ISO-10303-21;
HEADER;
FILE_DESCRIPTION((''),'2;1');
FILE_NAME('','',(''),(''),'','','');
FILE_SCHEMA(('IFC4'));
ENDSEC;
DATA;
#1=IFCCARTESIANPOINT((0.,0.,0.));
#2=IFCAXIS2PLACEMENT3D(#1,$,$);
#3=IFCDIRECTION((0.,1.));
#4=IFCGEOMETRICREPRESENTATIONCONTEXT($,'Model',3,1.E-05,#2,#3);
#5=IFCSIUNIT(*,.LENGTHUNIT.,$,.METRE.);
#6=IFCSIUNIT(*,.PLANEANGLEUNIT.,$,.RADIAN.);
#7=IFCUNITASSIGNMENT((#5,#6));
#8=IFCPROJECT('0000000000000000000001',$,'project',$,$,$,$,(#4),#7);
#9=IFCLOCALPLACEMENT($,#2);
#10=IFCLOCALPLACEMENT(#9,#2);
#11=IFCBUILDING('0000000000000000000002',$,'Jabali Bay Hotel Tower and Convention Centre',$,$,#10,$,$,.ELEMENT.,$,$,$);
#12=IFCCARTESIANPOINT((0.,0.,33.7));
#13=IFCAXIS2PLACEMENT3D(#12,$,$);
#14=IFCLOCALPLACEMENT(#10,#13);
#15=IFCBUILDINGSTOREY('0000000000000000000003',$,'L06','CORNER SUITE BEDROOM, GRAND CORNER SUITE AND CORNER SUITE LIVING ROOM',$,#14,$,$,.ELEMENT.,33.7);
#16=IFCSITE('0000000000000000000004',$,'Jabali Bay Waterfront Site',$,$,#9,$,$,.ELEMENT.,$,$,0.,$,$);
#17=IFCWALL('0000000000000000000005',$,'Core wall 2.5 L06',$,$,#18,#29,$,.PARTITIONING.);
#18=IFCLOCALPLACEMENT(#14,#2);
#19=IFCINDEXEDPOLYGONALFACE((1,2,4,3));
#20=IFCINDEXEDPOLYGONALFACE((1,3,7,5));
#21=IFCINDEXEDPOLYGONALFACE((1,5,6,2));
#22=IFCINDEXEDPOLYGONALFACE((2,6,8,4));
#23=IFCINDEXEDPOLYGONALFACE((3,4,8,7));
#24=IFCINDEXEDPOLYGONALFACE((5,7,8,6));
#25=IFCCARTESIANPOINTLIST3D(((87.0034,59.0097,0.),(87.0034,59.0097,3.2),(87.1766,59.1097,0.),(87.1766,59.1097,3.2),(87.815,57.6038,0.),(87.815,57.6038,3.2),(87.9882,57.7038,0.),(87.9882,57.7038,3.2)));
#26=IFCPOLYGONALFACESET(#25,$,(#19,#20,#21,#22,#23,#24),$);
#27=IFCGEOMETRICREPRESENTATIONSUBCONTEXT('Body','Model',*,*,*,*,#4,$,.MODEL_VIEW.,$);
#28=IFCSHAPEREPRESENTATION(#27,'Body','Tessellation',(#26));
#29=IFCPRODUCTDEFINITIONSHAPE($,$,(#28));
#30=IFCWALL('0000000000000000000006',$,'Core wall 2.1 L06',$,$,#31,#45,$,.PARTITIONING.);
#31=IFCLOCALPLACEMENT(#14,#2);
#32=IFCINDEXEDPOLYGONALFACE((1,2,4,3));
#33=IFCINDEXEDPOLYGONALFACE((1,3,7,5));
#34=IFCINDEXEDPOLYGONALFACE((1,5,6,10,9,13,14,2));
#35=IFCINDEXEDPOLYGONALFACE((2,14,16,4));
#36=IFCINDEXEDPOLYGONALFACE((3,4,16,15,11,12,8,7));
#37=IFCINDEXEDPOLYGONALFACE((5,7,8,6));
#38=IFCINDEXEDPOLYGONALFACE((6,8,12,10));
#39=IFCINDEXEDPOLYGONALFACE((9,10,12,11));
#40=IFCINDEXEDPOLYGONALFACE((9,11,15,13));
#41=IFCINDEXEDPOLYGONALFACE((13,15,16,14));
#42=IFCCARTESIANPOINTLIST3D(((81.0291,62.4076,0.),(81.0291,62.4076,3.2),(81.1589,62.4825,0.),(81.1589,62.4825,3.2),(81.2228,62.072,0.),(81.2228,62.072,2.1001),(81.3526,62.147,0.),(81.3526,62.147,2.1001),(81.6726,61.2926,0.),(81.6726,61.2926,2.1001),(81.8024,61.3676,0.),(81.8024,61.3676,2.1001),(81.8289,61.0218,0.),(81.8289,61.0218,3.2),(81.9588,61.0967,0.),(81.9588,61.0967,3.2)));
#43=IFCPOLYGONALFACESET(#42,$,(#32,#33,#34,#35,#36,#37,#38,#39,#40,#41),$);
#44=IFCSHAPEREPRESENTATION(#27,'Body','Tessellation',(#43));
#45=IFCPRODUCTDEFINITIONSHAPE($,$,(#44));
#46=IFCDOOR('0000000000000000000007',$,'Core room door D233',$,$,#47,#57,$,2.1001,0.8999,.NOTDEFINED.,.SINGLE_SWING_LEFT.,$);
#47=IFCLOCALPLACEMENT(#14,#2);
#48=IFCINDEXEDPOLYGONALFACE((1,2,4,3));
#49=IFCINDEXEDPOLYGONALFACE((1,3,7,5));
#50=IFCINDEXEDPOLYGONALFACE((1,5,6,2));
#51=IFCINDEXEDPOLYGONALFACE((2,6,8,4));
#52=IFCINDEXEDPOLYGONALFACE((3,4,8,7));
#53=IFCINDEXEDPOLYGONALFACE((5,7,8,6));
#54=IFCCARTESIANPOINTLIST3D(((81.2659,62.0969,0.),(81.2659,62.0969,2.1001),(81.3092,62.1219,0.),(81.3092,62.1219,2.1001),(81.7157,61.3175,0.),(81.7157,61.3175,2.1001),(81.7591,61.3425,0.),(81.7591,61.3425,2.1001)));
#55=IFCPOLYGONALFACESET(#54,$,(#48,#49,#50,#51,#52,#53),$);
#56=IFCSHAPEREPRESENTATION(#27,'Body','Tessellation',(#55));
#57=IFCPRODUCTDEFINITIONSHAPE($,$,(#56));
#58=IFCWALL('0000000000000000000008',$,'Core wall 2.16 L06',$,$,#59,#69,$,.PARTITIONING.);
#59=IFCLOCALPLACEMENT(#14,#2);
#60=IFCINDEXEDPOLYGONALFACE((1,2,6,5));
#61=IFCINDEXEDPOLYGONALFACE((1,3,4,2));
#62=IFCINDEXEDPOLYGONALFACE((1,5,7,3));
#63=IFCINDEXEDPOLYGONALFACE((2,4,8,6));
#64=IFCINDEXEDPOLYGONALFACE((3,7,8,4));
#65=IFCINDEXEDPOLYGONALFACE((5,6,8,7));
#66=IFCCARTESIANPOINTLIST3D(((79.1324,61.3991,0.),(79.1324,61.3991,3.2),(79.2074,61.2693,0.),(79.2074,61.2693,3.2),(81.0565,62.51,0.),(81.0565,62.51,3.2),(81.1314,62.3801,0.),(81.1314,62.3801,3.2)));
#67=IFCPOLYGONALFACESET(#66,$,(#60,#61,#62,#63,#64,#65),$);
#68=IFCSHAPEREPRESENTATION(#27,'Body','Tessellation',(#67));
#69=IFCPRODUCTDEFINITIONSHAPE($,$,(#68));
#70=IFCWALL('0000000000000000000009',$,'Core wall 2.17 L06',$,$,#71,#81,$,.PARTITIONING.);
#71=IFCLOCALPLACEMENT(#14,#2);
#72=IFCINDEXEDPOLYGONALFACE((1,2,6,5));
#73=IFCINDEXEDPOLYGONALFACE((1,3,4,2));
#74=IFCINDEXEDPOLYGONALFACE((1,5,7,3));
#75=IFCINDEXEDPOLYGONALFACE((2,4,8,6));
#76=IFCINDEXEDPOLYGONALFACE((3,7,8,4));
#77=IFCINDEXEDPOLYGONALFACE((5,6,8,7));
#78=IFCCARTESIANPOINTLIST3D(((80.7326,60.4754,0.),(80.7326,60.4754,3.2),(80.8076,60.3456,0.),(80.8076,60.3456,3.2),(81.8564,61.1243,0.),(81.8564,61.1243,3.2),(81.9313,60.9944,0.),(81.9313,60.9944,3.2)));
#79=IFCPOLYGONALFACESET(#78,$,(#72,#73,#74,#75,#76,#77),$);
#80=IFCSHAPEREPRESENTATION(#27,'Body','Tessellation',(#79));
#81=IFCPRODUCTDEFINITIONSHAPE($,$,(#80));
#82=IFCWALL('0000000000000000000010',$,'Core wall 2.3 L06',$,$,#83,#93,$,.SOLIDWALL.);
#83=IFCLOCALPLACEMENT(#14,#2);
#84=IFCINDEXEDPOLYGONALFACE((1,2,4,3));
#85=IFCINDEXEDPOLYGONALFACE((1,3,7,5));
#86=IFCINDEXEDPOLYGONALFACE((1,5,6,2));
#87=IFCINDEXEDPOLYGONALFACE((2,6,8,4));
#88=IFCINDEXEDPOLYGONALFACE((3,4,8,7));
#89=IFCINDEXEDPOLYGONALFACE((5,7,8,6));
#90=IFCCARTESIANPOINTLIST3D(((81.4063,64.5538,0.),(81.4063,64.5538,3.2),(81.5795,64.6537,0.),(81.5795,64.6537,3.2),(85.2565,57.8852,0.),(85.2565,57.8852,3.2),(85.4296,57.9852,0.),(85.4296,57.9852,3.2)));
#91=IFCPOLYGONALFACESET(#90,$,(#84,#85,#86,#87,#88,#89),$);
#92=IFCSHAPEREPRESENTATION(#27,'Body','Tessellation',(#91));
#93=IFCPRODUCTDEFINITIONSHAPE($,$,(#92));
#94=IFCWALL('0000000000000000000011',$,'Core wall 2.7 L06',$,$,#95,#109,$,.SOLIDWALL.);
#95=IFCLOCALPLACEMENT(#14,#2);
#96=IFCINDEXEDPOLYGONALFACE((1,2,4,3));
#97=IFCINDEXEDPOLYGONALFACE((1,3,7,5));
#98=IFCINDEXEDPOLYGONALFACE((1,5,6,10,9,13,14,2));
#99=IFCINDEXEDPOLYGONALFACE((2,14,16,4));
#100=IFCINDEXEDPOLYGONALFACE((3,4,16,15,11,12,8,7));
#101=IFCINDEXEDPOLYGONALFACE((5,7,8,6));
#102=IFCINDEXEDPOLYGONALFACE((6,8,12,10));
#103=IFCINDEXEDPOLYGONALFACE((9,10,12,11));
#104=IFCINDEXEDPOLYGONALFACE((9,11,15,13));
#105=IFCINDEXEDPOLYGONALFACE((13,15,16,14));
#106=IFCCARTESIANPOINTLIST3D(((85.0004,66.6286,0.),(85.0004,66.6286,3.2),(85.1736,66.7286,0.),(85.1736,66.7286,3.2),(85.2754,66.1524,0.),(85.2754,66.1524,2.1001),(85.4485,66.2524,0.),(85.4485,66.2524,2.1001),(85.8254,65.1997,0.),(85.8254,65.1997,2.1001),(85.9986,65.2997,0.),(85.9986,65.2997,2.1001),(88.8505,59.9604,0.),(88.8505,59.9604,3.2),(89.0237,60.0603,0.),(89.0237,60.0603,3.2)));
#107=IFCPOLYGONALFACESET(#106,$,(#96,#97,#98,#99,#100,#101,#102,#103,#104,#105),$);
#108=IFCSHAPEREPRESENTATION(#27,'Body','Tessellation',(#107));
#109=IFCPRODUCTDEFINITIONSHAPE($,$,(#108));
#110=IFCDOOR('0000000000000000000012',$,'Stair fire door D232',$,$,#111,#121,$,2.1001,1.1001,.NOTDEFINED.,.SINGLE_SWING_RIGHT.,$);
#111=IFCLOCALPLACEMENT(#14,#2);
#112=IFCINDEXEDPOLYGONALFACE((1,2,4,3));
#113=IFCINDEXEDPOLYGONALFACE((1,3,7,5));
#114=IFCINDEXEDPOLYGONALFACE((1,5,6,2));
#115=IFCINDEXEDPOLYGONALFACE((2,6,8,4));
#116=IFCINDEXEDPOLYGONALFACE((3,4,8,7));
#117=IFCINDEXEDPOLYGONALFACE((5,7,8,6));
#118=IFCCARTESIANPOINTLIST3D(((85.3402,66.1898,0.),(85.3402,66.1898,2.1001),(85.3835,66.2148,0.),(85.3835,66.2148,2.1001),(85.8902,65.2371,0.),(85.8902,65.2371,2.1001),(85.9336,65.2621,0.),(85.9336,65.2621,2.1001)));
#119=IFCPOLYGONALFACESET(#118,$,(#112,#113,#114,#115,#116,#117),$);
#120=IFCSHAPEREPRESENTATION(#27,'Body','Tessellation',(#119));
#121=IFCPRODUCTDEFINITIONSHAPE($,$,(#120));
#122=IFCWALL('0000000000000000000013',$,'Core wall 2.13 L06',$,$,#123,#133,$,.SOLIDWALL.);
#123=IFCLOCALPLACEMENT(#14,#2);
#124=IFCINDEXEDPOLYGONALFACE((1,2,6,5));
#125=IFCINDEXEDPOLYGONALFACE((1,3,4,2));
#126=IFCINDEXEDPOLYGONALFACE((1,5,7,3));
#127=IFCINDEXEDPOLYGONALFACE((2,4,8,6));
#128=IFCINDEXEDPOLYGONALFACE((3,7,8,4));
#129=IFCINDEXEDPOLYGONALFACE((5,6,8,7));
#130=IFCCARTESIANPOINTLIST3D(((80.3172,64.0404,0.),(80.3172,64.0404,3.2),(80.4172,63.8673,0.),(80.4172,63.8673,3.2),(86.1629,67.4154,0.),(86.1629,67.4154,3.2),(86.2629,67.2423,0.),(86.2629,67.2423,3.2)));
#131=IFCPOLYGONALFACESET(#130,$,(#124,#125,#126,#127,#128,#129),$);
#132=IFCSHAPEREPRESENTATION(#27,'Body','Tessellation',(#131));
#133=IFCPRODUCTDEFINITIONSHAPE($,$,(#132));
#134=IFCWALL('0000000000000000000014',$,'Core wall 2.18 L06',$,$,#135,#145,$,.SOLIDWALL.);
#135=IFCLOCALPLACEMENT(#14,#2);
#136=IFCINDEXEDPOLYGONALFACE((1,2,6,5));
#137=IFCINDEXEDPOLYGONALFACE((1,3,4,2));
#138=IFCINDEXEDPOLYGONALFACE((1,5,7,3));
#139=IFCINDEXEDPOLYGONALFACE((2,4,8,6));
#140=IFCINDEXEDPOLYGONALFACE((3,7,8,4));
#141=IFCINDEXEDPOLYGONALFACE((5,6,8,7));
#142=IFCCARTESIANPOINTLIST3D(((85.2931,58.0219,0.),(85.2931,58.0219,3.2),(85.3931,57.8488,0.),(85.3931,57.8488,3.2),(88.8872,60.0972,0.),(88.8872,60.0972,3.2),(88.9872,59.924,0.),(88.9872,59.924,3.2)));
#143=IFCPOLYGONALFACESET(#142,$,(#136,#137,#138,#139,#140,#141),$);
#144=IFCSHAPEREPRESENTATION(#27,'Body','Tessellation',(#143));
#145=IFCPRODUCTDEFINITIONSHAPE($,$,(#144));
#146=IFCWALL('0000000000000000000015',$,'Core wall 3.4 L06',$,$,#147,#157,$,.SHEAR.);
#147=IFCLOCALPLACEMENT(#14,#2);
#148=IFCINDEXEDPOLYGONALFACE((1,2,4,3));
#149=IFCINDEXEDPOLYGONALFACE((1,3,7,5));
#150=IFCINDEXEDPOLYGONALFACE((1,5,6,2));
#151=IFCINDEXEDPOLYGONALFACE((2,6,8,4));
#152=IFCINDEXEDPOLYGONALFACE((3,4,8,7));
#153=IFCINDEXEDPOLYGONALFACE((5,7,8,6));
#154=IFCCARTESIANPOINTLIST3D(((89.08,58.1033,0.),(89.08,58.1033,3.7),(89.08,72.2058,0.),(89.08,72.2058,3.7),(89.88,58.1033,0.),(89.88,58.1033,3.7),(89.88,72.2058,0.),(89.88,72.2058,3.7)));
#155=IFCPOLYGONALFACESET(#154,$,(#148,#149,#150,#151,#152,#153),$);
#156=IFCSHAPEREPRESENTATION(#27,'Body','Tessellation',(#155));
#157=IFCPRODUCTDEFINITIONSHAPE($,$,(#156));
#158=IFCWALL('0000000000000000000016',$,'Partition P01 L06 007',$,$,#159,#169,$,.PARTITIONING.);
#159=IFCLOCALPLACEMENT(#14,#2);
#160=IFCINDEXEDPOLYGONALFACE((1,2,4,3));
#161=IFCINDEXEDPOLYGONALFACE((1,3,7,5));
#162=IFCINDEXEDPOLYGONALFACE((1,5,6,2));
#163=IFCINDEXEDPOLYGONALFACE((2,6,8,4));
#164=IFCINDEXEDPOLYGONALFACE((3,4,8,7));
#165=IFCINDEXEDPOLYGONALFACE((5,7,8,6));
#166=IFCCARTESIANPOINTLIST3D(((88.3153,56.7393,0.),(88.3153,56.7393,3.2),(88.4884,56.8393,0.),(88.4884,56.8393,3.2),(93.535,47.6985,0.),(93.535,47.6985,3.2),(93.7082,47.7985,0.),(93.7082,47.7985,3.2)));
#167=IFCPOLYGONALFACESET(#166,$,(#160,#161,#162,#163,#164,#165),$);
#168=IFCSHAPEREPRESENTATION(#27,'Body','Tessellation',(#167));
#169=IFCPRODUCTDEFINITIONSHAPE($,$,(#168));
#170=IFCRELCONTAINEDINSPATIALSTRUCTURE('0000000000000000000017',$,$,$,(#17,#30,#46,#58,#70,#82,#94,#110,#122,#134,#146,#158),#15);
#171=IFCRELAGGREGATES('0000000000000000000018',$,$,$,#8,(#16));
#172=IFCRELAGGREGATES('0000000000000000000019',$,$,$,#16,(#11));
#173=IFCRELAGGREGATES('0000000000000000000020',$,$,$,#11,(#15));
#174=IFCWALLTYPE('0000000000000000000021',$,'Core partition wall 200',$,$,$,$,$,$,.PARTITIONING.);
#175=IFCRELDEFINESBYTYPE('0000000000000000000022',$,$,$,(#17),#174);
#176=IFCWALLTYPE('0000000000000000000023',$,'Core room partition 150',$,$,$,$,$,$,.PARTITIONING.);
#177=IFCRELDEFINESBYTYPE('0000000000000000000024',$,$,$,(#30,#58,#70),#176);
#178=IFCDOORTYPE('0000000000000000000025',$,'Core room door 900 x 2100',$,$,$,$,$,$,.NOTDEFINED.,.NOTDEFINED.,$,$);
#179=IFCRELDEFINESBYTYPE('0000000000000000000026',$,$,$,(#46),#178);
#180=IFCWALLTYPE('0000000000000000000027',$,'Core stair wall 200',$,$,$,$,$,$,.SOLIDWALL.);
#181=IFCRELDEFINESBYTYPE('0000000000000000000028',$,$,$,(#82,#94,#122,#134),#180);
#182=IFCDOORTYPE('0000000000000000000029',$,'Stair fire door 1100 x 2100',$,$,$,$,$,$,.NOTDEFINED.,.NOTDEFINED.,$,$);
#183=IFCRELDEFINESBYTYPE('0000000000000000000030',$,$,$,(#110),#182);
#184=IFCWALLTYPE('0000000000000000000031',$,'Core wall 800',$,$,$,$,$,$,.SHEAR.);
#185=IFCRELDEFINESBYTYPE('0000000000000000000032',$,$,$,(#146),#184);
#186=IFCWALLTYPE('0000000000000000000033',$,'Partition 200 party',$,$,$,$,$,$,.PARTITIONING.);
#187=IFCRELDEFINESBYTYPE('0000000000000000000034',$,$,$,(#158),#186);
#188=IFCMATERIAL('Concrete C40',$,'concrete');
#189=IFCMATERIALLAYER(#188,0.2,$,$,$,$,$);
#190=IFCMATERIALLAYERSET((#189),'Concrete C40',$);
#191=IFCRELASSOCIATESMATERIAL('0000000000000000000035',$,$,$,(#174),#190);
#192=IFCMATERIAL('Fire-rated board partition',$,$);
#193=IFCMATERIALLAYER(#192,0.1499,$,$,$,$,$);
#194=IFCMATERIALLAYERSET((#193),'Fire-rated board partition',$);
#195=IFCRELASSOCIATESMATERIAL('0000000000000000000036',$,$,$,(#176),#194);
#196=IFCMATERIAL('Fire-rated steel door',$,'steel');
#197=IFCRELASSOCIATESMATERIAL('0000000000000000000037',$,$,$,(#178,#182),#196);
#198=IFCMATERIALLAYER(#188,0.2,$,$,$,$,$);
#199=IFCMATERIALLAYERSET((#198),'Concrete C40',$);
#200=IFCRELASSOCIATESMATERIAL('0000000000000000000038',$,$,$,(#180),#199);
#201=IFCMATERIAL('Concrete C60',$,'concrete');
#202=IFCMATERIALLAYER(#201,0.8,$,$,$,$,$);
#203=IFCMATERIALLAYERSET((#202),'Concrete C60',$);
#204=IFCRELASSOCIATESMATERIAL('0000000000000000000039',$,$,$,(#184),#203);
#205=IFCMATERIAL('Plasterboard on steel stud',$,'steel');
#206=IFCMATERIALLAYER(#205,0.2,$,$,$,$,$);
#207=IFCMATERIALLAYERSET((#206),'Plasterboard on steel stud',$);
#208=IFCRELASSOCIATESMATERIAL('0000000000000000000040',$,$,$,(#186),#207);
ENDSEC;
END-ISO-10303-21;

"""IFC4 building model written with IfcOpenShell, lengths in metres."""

from ifc_helpers import new_model, si_unit, direction, frame, frame_2d, origin, place, context, subcontext, project, spatial, rectangle, extrude, material, layer, layer_set, type_object, element, fill, save


model = new_model("IFC4")

# Units and contexts
model_context = context("Model", 3, precision=1e-05, world=origin(), true_north=direction((0.0, 1.0)))
body_context = subcontext(model_context, "Body", "Model", "MODEL_VIEW")
ifc_project = project(units=[si_unit("LENGTHUNIT", "METRE"), si_unit("PLANEANGLEUNIT", "RADIAN")], contexts=[model_context])

# Site, building, storey
site_placement = place(None, origin())
site = spatial("IfcSite", under=ifc_project, at=site_placement, Name="Jabali Bay Waterfront Site", CompositionType="ELEMENT", RefElevation=0.0)
building_placement = place(site_placement, origin())
building = spatial("IfcBuilding", under=site, at=building_placement, Name="Jabali Bay Hotel Tower and Convention Centre", CompositionType="ELEMENT")
storey_placement = place(building_placement, frame((0.0, 0.0, 33.7)))
storey = spatial("IfcBuildingStorey", under=building, at=storey_placement, Name="L06", Description="CORNER SUITE BEDROOM, GRAND CORNER SUITE AND CORNER SUITE LIVING ROOM", CompositionType="ELEMENT", Elevation=33.7)

# Wall
ifc_material_1 = material(Name="Concrete C40", Category="concrete")
ifc_layer_1 = layer(ifc_material_1, 0.2)
ifc_layer_set_1 = layer_set([ifc_layer_1], Name="Concrete C40")
wall_type_1 = type_object("IfcWallType", Name="Core partition wall 200", PredefinedType="PARTITIONING", material=ifc_layer_set_1)
wall_1_placement = place(storey_placement, frame((87.0901, 59.0596, 0.0), z_axis=(0.0, 0.0, 1.0), x_axis=(0.499957, -0.86605, 0.0)))
element("IfcWall", 1, at=wall_1_placement, inside=storey, type_object=wall_type_1, Name="Core wall 2.5 L06", PredefinedType="PARTITIONING", context=body_context, shape_type="SweptSolid", body=[
    extrude(rectangle(XDim=1.6233, YDim=0.2, at=frame_2d((0.8115, 0.0))), origin(), (0.0, 0.0, 1.0), 3.2),
])

# Wall, opening, door
ifc_material_2 = material(Name="Fire-rated board partition")
ifc_layer_2 = layer(ifc_material_2, 0.1499)
ifc_layer_set_2 = layer_set([ifc_layer_2], Name="Fire-rated board partition")
wall_type_2 = type_object("IfcWallType", Name="Core room partition 150", PredefinedType="PARTITIONING", material=ifc_layer_set_2)
wall_2_placement = place(storey_placement, frame((81.094, 62.4451, 0.0), z_axis=(0.0, 0.0, 1.0), x_axis=(0.499881, -0.866094, 0.0)))
wall_2 = element("IfcWall", 2, at=wall_2_placement, inside=storey, type_object=wall_type_2, Name="Core wall 2.1 L06", PredefinedType="PARTITIONING", context=body_context, shape_type="SweptSolid", body=[
    extrude(rectangle(XDim=1.6001, YDim=0.1499, at=frame_2d((0.8, 0.0))), origin(), (0.0, 0.0, 1.0), 3.2),
])
opening_1_placement = place(wall_2_placement, frame((0.3875, 0.0, 0.0)))
opening_1 = element("IfcOpeningElement", 3, at=opening_1_placement, cuts=wall_2, PredefinedType="OPENING", context=body_context, shape_type="SweptSolid", body=[
    extrude(rectangle(XDim=0.8999, YDim=2.1001, at=frame_2d((0.45, 1.05))), frame((0.0, 0.0854, 0.0), z_axis=(0.0, -1.0, 0.0), x_axis=(1.0, 0.0, 0.0)), (0.0, 0.0, 1.0), 0.1709),
])
ifc_material_3 = material(Name="Fire-rated steel door", Category="steel")
door_type_1 = type_object("IfcDoorType", Name="Core room door 900 x 2100", OperationType="NOTDEFINED", PredefinedType="NOTDEFINED", material=ifc_material_3)
door_1_placement = place(opening_1_placement, origin())
door_1 = element("IfcDoor", 4, at=door_1_placement, inside=storey, type_object=door_type_1, Name="Core room door D233", OperationType="SINGLE_SWING_LEFT", OverallHeight=2.1001, OverallWidth=0.8999, PredefinedType="NOTDEFINED", context=body_context, shape_type="SweptSolid", body=[
    extrude(rectangle(XDim=0.8999, YDim=2.1001, at=frame_2d((0.45, 1.05))), frame((0.0, 0.0249, 0.0), z_axis=(0.0, -1.0, 0.0), x_axis=(1.0, 0.0, 0.0)), (0.0, 0.0, 1.0), 0.05),
])
fill(opening_1, door_1)

# Walls
wall_3_placement = place(storey_placement, frame((79.1699, 61.3342, 0.0), z_axis=(0.0, 0.0, 1.0), x_axis=(0.86603, 0.499992, 0.0)))
element("IfcWall", 5, at=wall_3_placement, inside=storey, type_object=wall_type_2, Name="Core wall 2.16 L06", PredefinedType="PARTITIONING", context=body_context, shape_type="SweptSolid", body=[
    extrude(rectangle(XDim=2.2217, YDim=0.1499, at=frame_2d((1.1108, 0.0))), origin(), (0.0, 0.0, 1.0), 3.2),
])
wall_4_placement = place(storey_placement, frame((80.77, 60.4104, 0.0), z_axis=(0.0, 0.0, 1.0), x_axis=(0.865988, 0.500064, 0.0)))
element("IfcWall", 6, at=wall_4_placement, inside=storey, type_object=wall_type_2, Name="Core wall 2.17 L06", PredefinedType="PARTITIONING", context=body_context, shape_type="SweptSolid", body=[
    extrude(rectangle(XDim=1.2976, YDim=0.1499, at=frame_2d((0.6489, 0.0))), origin(), (0.0, 0.0, 1.0), 3.2),
])
ifc_layer_3 = layer(ifc_material_1, 0.2)
ifc_layer_set_3 = layer_set([ifc_layer_3], Name="Concrete C40")
wall_type_3 = type_object("IfcWallType", Name="Core stair wall 200", PredefinedType="SOLIDWALL", material=ifc_layer_set_3)
wall_5_placement = place(storey_placement, frame((81.4929, 64.6038, 0.0), z_axis=(0.0, 0.0, 1.0), x_axis=(0.500006, -0.866022, 0.0)))
element("IfcWall", 7, at=wall_5_placement, inside=storey, type_object=wall_type_3, Name="Core wall 2.3 L06", PredefinedType="SOLIDWALL", context=body_context, shape_type="SweptSolid", body=[
    extrude(rectangle(XDim=7.7002, YDim=0.2, at=frame_2d((3.8501, 0.0))), origin(), (0.0, 0.0, 1.0), 3.2),
])

# Wall, opening, door
wall_6_placement = place(storey_placement, frame((85.0869, 66.6787, 0.0), z_axis=(0.0, 0.0, 1.0), x_axis=(0.50002, -0.866014, 0.0)))
wall_6 = element("IfcWall", 8, at=wall_6_placement, inside=storey, type_object=wall_type_3, Name="Core wall 2.7 L06", PredefinedType="SOLIDWALL", context=body_context, shape_type="SweptSolid", body=[
    extrude(rectangle(XDim=7.7, YDim=0.2, at=frame_2d((3.8501, 0.0))), origin(), (0.0, 0.0, 1.0), 3.2),
])
opening_2_placement = place(wall_6_placement, frame((0.55, 0.0, 0.0)))
opening_2 = element("IfcOpeningElement", 9, at=opening_2_placement, cuts=wall_6, PredefinedType="OPENING", context=body_context, shape_type="SweptSolid", body=[
    extrude(rectangle(XDim=1.1001, YDim=2.1001, at=frame_2d((0.55, 1.05))), frame((0.0, 0.1104, 0.0), z_axis=(0.0, -1.0, 0.0), x_axis=(1.0, 0.0, 0.0)), (0.0, 0.0, 1.0), 0.2209),
])
door_type_2 = type_object("IfcDoorType", Name="Stair fire door 1100 x 2100", OperationType="NOTDEFINED", PredefinedType="NOTDEFINED", material=ifc_material_3)
door_2_placement = place(opening_2_placement, origin())
door_2 = element("IfcDoor", 10, at=door_2_placement, inside=storey, type_object=door_type_2, Name="Stair fire door D232", OperationType="SINGLE_SWING_RIGHT", OverallHeight=2.1001, OverallWidth=1.1001, PredefinedType="NOTDEFINED", context=body_context, shape_type="SweptSolid", body=[
    extrude(rectangle(XDim=1.1001, YDim=2.1001, at=frame_2d((0.55, 1.05))), frame((0.0, 0.0249, 0.0), z_axis=(0.0, -1.0, 0.0), x_axis=(1.0, 0.0, 0.0)), (0.0, 0.0, 1.0), 0.05),
])
fill(opening_2, door_2)

# Walls
wall_7_placement = place(storey_placement, frame((80.3672, 63.9539, 0.0), z_axis=(0.0, 0.0, 1.0), x_axis=(0.866027, 0.499998, 0.0)))
element("IfcWall", 11, at=wall_7_placement, inside=storey, type_object=wall_type_3, Name="Core wall 2.13 L06", PredefinedType="SOLIDWALL", context=body_context, shape_type="SweptSolid", body=[
    extrude(rectangle(XDim=6.75, YDim=0.2, at=frame_2d((3.375, 0.0))), origin(), (0.0, 0.0, 1.0), 3.2),
])
wall_8_placement = place(storey_placement, frame((85.343, 57.9353, 0.0), z_axis=(0.0, 0.0, 1.0), x_axis=(0.866004, 0.500036, 0.0)))
element("IfcWall", 12, at=wall_8_placement, inside=storey, type_object=wall_type_3, Name="Core wall 2.18 L06", PredefinedType="SOLIDWALL", context=body_context, shape_type="SweptSolid", body=[
    extrude(rectangle(XDim=4.1501, YDim=0.2, at=frame_2d((2.0752, 0.0))), origin(), (0.0, 0.0, 1.0), 3.2),
])
ifc_material_4 = material(Name="Concrete C60", Category="concrete")
ifc_layer_4 = layer(ifc_material_4, 0.8)
ifc_layer_set_4 = layer_set([ifc_layer_4], Name="Concrete C60")
wall_type_4 = type_object("IfcWallType", Name="Core wall 800", PredefinedType="SHEAR", material=ifc_layer_set_4)
wall_9_placement = place(storey_placement, frame((89.48, 58.1033, 0.0), z_axis=(0.0, 0.0, 1.0), x_axis=(0.0, 1.0, 0.0)))
element("IfcWall", 13, at=wall_9_placement, inside=storey, type_object=wall_type_4, Name="Core wall 3.4 L06", PredefinedType="SHEAR", context=body_context, shape_type="SweptSolid", body=[
    extrude(rectangle(XDim=14.1025, YDim=0.8, at=frame_2d((7.0513, 0.0))), origin(), (0.0, 0.0, 1.0), 3.7),
])
ifc_material_5 = material(Name="Plasterboard on steel stud", Category="steel")
ifc_layer_5 = layer(ifc_material_5, 0.2)
ifc_layer_set_5 = layer_set([ifc_layer_5], Name="Plasterboard on steel stud")
wall_type_5 = type_object("IfcWallType", Name="Partition 200 party", PredefinedType="PARTITIONING", material=ifc_layer_set_5)
wall_10_placement = place(storey_placement, frame((88.4019, 56.7893, 0.0), z_axis=(0.0, 0.0, 1.0), x_axis=(0.500002, -0.866024, 0.0)))
element("IfcWall", 14, at=wall_10_placement, inside=storey, type_object=wall_type_5, Name="Partition P01 L06 007", PredefinedType="PARTITIONING", context=body_context, shape_type="SweptSolid", body=[
    extrude(rectangle(XDim=10.4395, YDim=0.2, at=frame_2d((5.2197, 0.0))), origin(), (0.0, 0.0, 1.0), 3.2),
])

save(model, "model.ifc")
